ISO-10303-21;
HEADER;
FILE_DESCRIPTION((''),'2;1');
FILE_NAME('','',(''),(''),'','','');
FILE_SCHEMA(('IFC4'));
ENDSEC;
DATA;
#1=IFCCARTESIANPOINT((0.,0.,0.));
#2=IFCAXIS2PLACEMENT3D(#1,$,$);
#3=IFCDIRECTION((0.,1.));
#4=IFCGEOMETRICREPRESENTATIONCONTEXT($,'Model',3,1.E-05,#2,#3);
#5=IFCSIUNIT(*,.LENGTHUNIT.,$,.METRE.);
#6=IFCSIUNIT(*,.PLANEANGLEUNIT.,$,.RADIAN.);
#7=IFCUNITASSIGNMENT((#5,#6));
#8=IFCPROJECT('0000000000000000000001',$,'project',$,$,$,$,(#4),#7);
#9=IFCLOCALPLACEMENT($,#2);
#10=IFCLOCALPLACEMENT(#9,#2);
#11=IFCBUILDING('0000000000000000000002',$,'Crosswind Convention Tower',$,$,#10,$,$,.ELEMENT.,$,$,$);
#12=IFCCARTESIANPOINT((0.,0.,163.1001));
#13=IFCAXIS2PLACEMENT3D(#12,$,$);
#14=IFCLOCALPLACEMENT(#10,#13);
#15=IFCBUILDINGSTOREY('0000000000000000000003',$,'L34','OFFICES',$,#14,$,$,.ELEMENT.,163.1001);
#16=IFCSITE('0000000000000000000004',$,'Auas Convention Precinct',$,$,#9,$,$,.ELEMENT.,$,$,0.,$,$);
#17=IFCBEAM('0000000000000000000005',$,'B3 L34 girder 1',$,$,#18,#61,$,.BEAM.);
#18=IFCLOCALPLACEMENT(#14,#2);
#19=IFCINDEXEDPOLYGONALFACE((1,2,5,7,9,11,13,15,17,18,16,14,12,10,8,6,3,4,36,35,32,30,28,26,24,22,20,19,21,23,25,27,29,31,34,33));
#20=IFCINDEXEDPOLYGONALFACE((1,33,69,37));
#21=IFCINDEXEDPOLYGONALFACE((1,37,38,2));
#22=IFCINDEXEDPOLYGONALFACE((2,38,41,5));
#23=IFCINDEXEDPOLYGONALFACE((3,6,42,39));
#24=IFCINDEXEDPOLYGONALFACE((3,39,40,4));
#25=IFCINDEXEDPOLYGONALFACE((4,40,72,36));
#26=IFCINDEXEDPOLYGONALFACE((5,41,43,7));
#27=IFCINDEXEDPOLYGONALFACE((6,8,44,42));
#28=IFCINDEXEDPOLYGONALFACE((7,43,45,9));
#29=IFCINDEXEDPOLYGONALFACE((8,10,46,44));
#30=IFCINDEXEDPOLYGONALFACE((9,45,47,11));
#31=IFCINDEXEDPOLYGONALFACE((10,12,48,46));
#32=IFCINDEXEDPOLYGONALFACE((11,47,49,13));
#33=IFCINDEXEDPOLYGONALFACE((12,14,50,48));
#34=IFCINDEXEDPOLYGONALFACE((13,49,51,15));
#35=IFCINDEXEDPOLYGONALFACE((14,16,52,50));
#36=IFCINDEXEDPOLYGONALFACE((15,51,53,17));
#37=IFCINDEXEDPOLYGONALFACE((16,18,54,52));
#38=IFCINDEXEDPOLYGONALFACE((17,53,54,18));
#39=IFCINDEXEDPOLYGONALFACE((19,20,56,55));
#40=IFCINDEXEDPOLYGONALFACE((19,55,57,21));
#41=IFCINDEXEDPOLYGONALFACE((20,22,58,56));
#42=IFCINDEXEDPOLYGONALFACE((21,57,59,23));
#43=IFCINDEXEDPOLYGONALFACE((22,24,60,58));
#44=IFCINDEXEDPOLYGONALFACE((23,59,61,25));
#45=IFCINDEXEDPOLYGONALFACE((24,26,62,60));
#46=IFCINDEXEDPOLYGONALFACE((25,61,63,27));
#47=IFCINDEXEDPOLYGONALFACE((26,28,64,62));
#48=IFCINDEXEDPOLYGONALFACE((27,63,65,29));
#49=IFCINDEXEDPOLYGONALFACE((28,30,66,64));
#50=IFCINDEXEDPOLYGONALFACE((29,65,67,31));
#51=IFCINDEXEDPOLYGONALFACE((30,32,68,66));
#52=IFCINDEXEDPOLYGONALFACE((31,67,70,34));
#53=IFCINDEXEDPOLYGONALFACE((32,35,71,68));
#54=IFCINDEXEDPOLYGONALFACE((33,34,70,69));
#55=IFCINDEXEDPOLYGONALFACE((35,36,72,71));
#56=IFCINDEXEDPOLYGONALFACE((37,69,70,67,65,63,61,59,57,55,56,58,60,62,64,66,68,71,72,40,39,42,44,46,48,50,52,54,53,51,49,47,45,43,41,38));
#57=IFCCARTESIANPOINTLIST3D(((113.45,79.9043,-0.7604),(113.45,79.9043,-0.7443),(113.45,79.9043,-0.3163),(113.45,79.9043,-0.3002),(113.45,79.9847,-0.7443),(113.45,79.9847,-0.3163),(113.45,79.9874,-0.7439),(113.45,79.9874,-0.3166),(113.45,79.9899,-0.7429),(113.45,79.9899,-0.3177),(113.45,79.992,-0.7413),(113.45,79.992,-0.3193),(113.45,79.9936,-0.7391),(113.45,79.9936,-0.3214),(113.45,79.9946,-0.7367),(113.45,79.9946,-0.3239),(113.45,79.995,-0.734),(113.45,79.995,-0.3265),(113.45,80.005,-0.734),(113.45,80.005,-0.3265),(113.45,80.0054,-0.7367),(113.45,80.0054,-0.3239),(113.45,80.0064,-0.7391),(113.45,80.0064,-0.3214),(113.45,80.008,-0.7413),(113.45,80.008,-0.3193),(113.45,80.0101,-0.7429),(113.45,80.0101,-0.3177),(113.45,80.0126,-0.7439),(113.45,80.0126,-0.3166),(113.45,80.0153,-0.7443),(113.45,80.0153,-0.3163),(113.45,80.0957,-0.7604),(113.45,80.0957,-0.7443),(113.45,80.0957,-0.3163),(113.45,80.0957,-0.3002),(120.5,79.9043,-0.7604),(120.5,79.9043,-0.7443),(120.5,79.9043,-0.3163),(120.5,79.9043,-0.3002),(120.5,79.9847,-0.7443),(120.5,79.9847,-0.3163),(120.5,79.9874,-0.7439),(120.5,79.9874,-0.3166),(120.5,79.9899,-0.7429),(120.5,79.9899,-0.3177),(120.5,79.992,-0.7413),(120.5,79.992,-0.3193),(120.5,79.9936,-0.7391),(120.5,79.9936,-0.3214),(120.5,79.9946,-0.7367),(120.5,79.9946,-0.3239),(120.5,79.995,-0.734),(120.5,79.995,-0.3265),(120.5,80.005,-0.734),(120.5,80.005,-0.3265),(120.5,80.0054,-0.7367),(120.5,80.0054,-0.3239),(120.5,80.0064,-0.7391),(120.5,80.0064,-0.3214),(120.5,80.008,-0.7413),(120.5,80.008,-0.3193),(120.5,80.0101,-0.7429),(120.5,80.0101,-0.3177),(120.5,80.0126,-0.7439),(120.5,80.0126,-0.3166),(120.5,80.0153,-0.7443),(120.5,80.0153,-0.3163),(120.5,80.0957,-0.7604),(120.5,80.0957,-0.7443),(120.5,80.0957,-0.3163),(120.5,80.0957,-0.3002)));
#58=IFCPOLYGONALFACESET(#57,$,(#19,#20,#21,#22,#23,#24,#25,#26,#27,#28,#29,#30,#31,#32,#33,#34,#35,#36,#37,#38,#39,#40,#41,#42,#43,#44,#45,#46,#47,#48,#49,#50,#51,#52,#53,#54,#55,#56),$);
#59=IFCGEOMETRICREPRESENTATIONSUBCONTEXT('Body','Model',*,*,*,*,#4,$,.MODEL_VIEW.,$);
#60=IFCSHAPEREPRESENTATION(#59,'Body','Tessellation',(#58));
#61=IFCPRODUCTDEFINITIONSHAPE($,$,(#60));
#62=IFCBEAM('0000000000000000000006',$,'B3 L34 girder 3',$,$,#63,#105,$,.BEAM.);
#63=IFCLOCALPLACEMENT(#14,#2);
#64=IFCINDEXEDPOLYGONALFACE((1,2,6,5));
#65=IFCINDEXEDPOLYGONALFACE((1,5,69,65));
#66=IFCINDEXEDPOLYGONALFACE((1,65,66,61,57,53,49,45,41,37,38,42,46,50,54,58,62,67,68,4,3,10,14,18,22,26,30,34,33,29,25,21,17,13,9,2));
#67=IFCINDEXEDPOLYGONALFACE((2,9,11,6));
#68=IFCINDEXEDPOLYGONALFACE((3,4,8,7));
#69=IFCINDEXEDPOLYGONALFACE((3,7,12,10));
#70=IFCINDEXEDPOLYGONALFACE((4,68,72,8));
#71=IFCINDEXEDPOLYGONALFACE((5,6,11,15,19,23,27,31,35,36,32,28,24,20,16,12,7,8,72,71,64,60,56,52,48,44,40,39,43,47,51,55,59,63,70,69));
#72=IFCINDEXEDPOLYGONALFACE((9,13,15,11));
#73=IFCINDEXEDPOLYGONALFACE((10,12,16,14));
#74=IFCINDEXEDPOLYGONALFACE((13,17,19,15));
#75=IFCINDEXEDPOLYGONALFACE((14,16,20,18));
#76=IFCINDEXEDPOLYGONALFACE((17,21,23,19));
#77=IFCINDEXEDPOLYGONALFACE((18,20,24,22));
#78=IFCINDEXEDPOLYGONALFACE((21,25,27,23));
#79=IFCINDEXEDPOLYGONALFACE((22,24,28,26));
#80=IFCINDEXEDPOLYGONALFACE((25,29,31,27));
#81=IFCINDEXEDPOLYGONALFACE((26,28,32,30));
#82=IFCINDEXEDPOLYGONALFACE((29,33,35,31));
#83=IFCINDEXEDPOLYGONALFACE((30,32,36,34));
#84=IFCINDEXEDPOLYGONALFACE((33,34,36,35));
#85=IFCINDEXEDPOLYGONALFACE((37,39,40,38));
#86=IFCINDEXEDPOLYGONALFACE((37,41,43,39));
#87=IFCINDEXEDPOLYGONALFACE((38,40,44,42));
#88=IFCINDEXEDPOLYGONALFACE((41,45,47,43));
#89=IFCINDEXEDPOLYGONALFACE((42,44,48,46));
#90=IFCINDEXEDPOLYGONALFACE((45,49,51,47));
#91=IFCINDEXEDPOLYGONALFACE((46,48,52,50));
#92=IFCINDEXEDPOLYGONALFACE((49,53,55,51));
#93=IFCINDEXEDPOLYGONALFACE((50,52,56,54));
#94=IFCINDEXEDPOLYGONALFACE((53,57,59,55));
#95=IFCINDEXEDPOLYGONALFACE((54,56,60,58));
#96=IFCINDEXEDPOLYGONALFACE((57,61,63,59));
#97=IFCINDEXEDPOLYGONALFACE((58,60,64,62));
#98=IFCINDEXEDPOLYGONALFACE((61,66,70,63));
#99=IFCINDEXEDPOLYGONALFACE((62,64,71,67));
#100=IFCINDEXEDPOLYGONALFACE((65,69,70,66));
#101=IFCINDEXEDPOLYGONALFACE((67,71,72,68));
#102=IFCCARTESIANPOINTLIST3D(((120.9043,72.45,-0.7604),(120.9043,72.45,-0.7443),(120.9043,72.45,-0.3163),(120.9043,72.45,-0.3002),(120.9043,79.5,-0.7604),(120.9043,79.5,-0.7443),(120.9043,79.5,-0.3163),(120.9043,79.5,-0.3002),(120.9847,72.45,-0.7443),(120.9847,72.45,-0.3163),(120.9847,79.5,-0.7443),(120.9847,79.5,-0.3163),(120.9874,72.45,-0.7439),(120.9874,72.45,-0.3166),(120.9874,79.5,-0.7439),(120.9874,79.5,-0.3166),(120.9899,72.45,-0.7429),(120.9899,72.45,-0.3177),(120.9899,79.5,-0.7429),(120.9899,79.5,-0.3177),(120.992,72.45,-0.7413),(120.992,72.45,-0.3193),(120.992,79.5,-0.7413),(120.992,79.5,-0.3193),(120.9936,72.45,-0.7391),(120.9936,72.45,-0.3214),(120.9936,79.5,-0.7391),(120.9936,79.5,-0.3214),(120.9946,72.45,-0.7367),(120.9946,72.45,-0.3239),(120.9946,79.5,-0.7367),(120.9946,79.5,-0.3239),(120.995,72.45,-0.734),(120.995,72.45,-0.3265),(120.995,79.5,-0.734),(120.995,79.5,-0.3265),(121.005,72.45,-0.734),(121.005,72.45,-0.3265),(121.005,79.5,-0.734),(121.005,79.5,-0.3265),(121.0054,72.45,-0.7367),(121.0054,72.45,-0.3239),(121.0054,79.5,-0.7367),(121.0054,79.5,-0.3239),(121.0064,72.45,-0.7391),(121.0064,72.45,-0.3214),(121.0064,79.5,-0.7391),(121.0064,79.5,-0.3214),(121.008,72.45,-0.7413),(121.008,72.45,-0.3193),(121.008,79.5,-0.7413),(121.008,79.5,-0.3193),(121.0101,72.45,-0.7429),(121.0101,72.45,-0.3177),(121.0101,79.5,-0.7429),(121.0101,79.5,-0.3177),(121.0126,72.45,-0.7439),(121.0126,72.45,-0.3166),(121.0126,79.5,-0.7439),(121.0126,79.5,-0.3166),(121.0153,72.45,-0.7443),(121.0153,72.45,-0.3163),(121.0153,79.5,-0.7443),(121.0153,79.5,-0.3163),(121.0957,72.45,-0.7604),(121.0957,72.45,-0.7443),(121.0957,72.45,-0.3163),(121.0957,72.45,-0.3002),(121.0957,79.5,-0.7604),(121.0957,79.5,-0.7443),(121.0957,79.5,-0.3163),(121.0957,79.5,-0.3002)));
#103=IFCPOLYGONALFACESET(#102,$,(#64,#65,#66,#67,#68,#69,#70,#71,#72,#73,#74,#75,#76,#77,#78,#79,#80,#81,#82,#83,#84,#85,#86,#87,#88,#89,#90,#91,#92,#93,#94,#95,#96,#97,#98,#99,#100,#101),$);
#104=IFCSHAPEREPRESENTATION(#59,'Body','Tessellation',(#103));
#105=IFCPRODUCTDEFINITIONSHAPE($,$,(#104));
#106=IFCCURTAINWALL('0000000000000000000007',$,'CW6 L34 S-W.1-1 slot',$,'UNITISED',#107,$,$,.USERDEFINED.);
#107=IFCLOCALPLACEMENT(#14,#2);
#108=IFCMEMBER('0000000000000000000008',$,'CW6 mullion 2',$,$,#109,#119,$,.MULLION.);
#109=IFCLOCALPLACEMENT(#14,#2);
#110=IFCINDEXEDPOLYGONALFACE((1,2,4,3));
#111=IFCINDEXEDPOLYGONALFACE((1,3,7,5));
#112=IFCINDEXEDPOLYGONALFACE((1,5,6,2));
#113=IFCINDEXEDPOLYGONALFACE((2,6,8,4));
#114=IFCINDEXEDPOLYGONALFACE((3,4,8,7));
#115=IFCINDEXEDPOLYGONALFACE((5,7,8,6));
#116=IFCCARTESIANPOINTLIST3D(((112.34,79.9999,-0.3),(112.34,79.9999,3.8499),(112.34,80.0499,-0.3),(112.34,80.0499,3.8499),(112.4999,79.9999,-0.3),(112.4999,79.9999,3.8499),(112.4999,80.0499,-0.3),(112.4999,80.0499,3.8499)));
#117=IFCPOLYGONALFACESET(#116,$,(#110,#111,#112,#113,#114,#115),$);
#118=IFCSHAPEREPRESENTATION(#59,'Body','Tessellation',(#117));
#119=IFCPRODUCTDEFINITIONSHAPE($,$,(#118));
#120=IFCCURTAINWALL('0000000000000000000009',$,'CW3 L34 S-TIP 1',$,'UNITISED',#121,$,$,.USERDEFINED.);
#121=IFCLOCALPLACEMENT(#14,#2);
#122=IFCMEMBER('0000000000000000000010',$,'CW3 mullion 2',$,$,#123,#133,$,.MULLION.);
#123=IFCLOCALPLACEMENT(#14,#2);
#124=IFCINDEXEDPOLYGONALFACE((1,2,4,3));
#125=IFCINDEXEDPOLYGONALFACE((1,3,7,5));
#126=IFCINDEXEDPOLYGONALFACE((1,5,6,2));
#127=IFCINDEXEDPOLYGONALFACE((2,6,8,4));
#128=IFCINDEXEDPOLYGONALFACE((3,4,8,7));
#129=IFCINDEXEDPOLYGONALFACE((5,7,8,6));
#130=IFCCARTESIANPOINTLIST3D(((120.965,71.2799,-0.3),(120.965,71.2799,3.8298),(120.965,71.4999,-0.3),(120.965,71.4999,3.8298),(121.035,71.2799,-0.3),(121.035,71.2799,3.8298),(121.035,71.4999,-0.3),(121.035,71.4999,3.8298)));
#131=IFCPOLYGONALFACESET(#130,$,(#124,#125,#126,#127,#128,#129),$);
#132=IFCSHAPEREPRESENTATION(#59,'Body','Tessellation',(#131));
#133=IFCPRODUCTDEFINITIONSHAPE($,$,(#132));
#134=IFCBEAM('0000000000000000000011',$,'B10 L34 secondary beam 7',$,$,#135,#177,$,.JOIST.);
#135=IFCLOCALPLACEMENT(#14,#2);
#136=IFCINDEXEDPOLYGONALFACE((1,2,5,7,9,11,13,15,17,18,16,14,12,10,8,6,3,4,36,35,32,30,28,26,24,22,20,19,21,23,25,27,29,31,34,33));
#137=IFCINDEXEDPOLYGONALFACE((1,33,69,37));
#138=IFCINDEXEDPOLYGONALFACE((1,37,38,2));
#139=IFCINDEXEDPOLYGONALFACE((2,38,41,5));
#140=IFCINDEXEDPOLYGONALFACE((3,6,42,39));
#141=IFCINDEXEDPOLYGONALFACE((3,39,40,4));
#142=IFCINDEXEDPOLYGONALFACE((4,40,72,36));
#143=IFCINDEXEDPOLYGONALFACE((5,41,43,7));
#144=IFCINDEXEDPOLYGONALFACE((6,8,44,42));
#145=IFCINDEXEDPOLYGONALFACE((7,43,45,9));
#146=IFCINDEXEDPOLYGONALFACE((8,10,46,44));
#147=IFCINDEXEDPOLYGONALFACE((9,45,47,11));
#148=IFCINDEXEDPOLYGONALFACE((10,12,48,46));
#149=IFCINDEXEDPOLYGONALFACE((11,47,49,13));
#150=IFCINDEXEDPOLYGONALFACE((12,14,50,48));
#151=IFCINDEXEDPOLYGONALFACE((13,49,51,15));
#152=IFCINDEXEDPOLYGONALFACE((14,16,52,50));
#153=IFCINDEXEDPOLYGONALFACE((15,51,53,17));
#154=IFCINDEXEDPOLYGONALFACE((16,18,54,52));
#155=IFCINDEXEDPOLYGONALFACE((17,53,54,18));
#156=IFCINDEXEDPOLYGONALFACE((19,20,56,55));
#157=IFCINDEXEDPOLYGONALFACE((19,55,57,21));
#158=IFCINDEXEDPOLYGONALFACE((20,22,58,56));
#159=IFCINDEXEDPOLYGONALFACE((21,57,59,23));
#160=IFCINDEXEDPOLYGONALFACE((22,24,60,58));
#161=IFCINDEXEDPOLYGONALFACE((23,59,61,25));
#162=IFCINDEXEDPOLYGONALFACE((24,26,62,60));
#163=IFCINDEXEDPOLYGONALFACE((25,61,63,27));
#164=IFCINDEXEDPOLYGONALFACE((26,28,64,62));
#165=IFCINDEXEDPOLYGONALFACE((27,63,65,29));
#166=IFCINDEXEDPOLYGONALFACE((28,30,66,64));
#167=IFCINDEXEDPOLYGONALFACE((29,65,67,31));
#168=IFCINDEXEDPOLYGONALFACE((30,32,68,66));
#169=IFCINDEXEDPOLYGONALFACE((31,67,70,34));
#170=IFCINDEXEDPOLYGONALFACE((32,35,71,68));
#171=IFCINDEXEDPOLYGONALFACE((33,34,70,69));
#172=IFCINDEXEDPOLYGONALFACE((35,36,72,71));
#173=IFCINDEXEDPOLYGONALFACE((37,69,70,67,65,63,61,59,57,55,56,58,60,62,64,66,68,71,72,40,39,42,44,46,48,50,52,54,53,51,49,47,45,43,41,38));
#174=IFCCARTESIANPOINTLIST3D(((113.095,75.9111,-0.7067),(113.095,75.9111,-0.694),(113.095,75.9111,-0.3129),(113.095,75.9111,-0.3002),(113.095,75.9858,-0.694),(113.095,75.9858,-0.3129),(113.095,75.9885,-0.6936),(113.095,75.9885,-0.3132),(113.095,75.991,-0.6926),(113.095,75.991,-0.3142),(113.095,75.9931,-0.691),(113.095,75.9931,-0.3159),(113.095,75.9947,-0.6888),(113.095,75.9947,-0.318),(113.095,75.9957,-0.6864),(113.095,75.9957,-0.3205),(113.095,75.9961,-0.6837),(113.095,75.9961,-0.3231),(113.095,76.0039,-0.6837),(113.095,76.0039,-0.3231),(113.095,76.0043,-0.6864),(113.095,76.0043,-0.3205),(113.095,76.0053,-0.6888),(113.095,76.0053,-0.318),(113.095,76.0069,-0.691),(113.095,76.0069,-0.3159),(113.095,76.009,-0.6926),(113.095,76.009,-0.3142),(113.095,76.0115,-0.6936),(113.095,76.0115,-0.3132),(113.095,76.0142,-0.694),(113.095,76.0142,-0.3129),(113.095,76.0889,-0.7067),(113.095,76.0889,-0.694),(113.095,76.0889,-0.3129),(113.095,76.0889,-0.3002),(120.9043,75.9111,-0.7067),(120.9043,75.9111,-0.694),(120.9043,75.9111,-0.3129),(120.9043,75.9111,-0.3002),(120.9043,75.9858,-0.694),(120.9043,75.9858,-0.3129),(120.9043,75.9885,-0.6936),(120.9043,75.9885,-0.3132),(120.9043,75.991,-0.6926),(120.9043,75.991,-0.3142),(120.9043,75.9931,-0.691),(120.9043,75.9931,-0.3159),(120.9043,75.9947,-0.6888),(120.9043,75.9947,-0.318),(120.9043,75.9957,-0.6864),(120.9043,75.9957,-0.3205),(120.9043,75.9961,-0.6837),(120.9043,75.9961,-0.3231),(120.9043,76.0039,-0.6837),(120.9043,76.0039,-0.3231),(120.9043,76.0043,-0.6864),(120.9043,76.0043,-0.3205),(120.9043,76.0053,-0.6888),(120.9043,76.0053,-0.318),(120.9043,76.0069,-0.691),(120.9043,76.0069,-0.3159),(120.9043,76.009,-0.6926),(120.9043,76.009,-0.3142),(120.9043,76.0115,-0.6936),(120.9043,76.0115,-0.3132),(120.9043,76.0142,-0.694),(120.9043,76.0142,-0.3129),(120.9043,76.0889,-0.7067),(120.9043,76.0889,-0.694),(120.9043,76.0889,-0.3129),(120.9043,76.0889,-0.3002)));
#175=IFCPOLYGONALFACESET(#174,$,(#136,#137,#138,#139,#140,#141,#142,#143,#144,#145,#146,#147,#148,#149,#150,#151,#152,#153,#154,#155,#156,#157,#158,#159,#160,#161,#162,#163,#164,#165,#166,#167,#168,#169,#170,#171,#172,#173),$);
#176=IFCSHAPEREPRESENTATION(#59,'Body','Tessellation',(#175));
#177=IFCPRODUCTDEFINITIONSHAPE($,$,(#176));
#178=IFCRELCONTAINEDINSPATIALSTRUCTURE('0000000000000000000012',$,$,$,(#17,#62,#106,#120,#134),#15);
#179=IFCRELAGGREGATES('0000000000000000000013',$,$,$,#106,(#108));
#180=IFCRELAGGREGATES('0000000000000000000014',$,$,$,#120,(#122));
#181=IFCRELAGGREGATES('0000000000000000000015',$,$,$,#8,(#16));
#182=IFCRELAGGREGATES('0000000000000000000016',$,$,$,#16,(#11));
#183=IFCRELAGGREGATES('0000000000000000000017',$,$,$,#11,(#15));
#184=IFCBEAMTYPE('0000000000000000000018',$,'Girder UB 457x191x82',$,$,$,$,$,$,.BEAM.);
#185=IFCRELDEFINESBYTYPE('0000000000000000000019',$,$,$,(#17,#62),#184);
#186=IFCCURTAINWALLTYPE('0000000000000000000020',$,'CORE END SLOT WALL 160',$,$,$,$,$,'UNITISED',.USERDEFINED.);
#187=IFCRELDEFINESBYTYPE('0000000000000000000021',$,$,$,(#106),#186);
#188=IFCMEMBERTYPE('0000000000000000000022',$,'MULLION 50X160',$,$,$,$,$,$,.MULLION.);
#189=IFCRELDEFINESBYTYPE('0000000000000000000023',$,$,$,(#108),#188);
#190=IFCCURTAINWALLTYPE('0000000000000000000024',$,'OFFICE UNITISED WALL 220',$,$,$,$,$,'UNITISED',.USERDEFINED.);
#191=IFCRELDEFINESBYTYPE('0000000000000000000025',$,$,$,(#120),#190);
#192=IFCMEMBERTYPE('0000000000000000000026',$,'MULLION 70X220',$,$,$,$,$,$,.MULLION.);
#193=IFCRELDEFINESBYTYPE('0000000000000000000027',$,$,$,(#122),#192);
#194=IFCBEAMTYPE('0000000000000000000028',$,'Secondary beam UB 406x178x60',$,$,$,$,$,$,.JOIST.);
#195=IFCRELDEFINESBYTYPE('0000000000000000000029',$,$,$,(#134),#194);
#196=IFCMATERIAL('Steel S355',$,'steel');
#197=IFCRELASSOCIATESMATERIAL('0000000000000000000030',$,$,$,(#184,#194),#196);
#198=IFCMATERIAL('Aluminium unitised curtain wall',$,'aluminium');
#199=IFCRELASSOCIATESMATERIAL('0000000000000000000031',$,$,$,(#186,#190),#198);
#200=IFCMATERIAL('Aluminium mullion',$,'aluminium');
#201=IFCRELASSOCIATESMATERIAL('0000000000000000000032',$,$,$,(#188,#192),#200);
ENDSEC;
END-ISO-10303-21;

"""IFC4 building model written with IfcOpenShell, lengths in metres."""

from ifc_helpers import new_model, si_unit, direction, frame, origin, origin_2d, place, context, subcontext, project, spatial, rectangle, i_section, extrude, material, material_profile, profile_set, type_object, element, aggregate, save


model = new_model("IFC4")

# Units and contexts
model_context = context("Model", 3, precision=1e-05, world=origin(), true_north=direction((0.0, 1.0)))
body_context = subcontext(model_context, "Body", "Model", "MODEL_VIEW")
ifc_project = project(units=[si_unit("LENGTHUNIT", "METRE"), si_unit("PLANEANGLEUNIT", "RADIAN")], contexts=[model_context])

# Site, building, storey
site_placement = place(None, origin())
site = spatial("IfcSite", under=ifc_project, at=site_placement, Name="Auas Convention Precinct", CompositionType="ELEMENT", RefElevation=0.0)
building_placement = place(site_placement, origin())
building = spatial("IfcBuilding", under=site, at=building_placement, Name="Crosswind Convention Tower", CompositionType="ELEMENT")
storey_placement = place(building_placement, frame((0.0, 0.0, 163.1001)))
storey = spatial("IfcBuildingStorey", under=building, at=storey_placement, Name="L34", Description="OFFICES", CompositionType="ELEMENT", Elevation=163.1001)

# Beams
ifc_material_1 = material(Name="Steel S355", Category="steel")
ifc_material_profile_1 = material_profile(ifc_material_1, i_section(OverallWidth=0.1914, OverallDepth=0.4602, WebThickness=0.01, FlangeThickness=0.0161, FilletRadius=0.0103, at=origin_2d()), Name="UB 457x191x82")
ifc_profile_set_1 = profile_set([ifc_material_profile_1], Name="Steel S355")
beam_type_1 = type_object("IfcBeamType", Name="Girder UB 457x191x82", PredefinedType="BEAM", material=ifc_profile_set_1)
for number, where, z_axis, x_axis, name in (
    (1, (113.45, 80.0, -0.5303), (1.0, 0.0, 0.0), (0.0, 1.0, 0.0), "B3 L34 girder 1"),
    (2, (121.0, 72.45, -0.5303), (0.0, 1.0, 0.0), (-1.0, 0.0, 0.0), "B3 L34 girder 3"),
):
    element("IfcBeam", number, at=place(storey_placement, frame(where, z_axis=z_axis, x_axis=x_axis)), inside=storey, type_object=beam_type_1, Name=name, PredefinedType="BEAM", context=body_context, shape_type="SweptSolid", body=[
        extrude(i_section(OverallWidth=0.1914, OverallDepth=0.4602, WebThickness=0.01, FlangeThickness=0.0161, FilletRadius=0.0103, at=origin_2d()), origin(), (0.0, 0.0, 1.0), 7.05),
    ])

# Curtain walls, members
ifc_material_2 = material(Name="Aluminium unitised curtain wall", Category="aluminium")
curtain_wall_type_1 = type_object("IfcCurtainWallType", Name="CORE END SLOT WALL 160", ElementType="UNITISED", PredefinedType="USERDEFINED", material=ifc_material_2)
curtain_wall_1_placement = place(storey_placement, origin())
curtain_wall_1 = element("IfcCurtainWall", 3, at=curtain_wall_1_placement, inside=storey, type_object=curtain_wall_type_1, Name="CW6 L34 S-W.1-1 slot", ObjectType="UNITISED", PredefinedType="USERDEFINED")
ifc_material_3 = material(Name="Aluminium mullion", Category="aluminium")
ifc_material_profile_2 = material_profile(ifc_material_3, rectangle(XDim=0.1599, YDim=0.05, at=origin_2d()), Name="AL 160X50")
ifc_profile_set_2 = profile_set([ifc_material_profile_2], Name="Aluminium mullion")
member_type_1 = type_object("IfcMemberType", Name="MULLION 50X160", PredefinedType="MULLION", material=ifc_profile_set_2)
member_1_placement = place(storey_placement, frame((112.4199, 80.0249, -0.3), z_axis=(0.0, 0.0, 1.0), x_axis=(-1.0, 0.0, 0.0)))
member_1 = element("IfcMember", 4, at=member_1_placement, type_object=member_type_1, Name="CW6 mullion 2", PredefinedType="MULLION", context=body_context, shape_type="SweptSolid", body=[
    extrude(rectangle(XDim=0.1599, YDim=0.05, at=origin_2d()), origin(), (0.0, 0.0, 1.0), 4.1499),
])
aggregate(curtain_wall_1, [member_1])
curtain_wall_type_2 = type_object("IfcCurtainWallType", Name="OFFICE UNITISED WALL 220", ElementType="UNITISED", PredefinedType="USERDEFINED", material=ifc_material_2)
curtain_wall_2_placement = place(storey_placement, origin())
curtain_wall_2 = element("IfcCurtainWall", 5, at=curtain_wall_2_placement, inside=storey, type_object=curtain_wall_type_2, Name="CW3 L34 S-TIP 1", ObjectType="UNITISED", PredefinedType="USERDEFINED")
ifc_material_profile_3 = material_profile(ifc_material_3, rectangle(XDim=0.22, YDim=0.0701, at=origin_2d()), Name="AL 220X70")
ifc_profile_set_3 = profile_set([ifc_material_profile_3], Name="Aluminium mullion")
member_type_2 = type_object("IfcMemberType", Name="MULLION 70X220", PredefinedType="MULLION", material=ifc_profile_set_3)
member_2_placement = place(storey_placement, frame((121.0, 71.3899, -0.3), z_axis=(0.0, 0.0, 1.0), x_axis=(0.0, -1.0, 0.0)))
member_2 = element("IfcMember", 6, at=member_2_placement, type_object=member_type_2, Name="CW3 mullion 2", PredefinedType="MULLION", context=body_context, shape_type="SweptSolid", body=[
    extrude(rectangle(XDim=0.22, YDim=0.0701, at=origin_2d()), origin(), (0.0, 0.0, 1.0), 4.1299),
])

# Beam
ifc_material_profile_4 = material_profile(ifc_material_1, i_section(OverallWidth=0.1777, OverallDepth=0.4065, WebThickness=0.0078, FlangeThickness=0.0127, FilletRadius=0.0103, at=origin_2d()), Name="UB 406x178x60")
ifc_profile_set_4 = profile_set([ifc_material_profile_4], Name="Steel S355")
beam_type_2 = type_object("IfcBeamType", Name="Secondary beam UB 406x178x60", PredefinedType="JOIST", material=ifc_profile_set_4)
beam_1_placement = place(storey_placement, frame((113.095, 76.0, -0.5034), z_axis=(1.0, 0.0, 0.0), x_axis=(0.0, 1.0, 0.0)))
element("IfcBeam", 7, at=beam_1_placement, inside=storey, type_object=beam_type_2, Name="B10 L34 secondary beam 7", PredefinedType="JOIST", context=body_context, shape_type="SweptSolid", body=[
    extrude(i_section(OverallWidth=0.1777, OverallDepth=0.4065, WebThickness=0.0078, FlangeThickness=0.0127, FilletRadius=0.0103, at=origin_2d()), origin(), (0.0, 0.0, 1.0), 7.8093),
])

aggregate(curtain_wall_2, [member_2])

save(model, "model.ifc")
